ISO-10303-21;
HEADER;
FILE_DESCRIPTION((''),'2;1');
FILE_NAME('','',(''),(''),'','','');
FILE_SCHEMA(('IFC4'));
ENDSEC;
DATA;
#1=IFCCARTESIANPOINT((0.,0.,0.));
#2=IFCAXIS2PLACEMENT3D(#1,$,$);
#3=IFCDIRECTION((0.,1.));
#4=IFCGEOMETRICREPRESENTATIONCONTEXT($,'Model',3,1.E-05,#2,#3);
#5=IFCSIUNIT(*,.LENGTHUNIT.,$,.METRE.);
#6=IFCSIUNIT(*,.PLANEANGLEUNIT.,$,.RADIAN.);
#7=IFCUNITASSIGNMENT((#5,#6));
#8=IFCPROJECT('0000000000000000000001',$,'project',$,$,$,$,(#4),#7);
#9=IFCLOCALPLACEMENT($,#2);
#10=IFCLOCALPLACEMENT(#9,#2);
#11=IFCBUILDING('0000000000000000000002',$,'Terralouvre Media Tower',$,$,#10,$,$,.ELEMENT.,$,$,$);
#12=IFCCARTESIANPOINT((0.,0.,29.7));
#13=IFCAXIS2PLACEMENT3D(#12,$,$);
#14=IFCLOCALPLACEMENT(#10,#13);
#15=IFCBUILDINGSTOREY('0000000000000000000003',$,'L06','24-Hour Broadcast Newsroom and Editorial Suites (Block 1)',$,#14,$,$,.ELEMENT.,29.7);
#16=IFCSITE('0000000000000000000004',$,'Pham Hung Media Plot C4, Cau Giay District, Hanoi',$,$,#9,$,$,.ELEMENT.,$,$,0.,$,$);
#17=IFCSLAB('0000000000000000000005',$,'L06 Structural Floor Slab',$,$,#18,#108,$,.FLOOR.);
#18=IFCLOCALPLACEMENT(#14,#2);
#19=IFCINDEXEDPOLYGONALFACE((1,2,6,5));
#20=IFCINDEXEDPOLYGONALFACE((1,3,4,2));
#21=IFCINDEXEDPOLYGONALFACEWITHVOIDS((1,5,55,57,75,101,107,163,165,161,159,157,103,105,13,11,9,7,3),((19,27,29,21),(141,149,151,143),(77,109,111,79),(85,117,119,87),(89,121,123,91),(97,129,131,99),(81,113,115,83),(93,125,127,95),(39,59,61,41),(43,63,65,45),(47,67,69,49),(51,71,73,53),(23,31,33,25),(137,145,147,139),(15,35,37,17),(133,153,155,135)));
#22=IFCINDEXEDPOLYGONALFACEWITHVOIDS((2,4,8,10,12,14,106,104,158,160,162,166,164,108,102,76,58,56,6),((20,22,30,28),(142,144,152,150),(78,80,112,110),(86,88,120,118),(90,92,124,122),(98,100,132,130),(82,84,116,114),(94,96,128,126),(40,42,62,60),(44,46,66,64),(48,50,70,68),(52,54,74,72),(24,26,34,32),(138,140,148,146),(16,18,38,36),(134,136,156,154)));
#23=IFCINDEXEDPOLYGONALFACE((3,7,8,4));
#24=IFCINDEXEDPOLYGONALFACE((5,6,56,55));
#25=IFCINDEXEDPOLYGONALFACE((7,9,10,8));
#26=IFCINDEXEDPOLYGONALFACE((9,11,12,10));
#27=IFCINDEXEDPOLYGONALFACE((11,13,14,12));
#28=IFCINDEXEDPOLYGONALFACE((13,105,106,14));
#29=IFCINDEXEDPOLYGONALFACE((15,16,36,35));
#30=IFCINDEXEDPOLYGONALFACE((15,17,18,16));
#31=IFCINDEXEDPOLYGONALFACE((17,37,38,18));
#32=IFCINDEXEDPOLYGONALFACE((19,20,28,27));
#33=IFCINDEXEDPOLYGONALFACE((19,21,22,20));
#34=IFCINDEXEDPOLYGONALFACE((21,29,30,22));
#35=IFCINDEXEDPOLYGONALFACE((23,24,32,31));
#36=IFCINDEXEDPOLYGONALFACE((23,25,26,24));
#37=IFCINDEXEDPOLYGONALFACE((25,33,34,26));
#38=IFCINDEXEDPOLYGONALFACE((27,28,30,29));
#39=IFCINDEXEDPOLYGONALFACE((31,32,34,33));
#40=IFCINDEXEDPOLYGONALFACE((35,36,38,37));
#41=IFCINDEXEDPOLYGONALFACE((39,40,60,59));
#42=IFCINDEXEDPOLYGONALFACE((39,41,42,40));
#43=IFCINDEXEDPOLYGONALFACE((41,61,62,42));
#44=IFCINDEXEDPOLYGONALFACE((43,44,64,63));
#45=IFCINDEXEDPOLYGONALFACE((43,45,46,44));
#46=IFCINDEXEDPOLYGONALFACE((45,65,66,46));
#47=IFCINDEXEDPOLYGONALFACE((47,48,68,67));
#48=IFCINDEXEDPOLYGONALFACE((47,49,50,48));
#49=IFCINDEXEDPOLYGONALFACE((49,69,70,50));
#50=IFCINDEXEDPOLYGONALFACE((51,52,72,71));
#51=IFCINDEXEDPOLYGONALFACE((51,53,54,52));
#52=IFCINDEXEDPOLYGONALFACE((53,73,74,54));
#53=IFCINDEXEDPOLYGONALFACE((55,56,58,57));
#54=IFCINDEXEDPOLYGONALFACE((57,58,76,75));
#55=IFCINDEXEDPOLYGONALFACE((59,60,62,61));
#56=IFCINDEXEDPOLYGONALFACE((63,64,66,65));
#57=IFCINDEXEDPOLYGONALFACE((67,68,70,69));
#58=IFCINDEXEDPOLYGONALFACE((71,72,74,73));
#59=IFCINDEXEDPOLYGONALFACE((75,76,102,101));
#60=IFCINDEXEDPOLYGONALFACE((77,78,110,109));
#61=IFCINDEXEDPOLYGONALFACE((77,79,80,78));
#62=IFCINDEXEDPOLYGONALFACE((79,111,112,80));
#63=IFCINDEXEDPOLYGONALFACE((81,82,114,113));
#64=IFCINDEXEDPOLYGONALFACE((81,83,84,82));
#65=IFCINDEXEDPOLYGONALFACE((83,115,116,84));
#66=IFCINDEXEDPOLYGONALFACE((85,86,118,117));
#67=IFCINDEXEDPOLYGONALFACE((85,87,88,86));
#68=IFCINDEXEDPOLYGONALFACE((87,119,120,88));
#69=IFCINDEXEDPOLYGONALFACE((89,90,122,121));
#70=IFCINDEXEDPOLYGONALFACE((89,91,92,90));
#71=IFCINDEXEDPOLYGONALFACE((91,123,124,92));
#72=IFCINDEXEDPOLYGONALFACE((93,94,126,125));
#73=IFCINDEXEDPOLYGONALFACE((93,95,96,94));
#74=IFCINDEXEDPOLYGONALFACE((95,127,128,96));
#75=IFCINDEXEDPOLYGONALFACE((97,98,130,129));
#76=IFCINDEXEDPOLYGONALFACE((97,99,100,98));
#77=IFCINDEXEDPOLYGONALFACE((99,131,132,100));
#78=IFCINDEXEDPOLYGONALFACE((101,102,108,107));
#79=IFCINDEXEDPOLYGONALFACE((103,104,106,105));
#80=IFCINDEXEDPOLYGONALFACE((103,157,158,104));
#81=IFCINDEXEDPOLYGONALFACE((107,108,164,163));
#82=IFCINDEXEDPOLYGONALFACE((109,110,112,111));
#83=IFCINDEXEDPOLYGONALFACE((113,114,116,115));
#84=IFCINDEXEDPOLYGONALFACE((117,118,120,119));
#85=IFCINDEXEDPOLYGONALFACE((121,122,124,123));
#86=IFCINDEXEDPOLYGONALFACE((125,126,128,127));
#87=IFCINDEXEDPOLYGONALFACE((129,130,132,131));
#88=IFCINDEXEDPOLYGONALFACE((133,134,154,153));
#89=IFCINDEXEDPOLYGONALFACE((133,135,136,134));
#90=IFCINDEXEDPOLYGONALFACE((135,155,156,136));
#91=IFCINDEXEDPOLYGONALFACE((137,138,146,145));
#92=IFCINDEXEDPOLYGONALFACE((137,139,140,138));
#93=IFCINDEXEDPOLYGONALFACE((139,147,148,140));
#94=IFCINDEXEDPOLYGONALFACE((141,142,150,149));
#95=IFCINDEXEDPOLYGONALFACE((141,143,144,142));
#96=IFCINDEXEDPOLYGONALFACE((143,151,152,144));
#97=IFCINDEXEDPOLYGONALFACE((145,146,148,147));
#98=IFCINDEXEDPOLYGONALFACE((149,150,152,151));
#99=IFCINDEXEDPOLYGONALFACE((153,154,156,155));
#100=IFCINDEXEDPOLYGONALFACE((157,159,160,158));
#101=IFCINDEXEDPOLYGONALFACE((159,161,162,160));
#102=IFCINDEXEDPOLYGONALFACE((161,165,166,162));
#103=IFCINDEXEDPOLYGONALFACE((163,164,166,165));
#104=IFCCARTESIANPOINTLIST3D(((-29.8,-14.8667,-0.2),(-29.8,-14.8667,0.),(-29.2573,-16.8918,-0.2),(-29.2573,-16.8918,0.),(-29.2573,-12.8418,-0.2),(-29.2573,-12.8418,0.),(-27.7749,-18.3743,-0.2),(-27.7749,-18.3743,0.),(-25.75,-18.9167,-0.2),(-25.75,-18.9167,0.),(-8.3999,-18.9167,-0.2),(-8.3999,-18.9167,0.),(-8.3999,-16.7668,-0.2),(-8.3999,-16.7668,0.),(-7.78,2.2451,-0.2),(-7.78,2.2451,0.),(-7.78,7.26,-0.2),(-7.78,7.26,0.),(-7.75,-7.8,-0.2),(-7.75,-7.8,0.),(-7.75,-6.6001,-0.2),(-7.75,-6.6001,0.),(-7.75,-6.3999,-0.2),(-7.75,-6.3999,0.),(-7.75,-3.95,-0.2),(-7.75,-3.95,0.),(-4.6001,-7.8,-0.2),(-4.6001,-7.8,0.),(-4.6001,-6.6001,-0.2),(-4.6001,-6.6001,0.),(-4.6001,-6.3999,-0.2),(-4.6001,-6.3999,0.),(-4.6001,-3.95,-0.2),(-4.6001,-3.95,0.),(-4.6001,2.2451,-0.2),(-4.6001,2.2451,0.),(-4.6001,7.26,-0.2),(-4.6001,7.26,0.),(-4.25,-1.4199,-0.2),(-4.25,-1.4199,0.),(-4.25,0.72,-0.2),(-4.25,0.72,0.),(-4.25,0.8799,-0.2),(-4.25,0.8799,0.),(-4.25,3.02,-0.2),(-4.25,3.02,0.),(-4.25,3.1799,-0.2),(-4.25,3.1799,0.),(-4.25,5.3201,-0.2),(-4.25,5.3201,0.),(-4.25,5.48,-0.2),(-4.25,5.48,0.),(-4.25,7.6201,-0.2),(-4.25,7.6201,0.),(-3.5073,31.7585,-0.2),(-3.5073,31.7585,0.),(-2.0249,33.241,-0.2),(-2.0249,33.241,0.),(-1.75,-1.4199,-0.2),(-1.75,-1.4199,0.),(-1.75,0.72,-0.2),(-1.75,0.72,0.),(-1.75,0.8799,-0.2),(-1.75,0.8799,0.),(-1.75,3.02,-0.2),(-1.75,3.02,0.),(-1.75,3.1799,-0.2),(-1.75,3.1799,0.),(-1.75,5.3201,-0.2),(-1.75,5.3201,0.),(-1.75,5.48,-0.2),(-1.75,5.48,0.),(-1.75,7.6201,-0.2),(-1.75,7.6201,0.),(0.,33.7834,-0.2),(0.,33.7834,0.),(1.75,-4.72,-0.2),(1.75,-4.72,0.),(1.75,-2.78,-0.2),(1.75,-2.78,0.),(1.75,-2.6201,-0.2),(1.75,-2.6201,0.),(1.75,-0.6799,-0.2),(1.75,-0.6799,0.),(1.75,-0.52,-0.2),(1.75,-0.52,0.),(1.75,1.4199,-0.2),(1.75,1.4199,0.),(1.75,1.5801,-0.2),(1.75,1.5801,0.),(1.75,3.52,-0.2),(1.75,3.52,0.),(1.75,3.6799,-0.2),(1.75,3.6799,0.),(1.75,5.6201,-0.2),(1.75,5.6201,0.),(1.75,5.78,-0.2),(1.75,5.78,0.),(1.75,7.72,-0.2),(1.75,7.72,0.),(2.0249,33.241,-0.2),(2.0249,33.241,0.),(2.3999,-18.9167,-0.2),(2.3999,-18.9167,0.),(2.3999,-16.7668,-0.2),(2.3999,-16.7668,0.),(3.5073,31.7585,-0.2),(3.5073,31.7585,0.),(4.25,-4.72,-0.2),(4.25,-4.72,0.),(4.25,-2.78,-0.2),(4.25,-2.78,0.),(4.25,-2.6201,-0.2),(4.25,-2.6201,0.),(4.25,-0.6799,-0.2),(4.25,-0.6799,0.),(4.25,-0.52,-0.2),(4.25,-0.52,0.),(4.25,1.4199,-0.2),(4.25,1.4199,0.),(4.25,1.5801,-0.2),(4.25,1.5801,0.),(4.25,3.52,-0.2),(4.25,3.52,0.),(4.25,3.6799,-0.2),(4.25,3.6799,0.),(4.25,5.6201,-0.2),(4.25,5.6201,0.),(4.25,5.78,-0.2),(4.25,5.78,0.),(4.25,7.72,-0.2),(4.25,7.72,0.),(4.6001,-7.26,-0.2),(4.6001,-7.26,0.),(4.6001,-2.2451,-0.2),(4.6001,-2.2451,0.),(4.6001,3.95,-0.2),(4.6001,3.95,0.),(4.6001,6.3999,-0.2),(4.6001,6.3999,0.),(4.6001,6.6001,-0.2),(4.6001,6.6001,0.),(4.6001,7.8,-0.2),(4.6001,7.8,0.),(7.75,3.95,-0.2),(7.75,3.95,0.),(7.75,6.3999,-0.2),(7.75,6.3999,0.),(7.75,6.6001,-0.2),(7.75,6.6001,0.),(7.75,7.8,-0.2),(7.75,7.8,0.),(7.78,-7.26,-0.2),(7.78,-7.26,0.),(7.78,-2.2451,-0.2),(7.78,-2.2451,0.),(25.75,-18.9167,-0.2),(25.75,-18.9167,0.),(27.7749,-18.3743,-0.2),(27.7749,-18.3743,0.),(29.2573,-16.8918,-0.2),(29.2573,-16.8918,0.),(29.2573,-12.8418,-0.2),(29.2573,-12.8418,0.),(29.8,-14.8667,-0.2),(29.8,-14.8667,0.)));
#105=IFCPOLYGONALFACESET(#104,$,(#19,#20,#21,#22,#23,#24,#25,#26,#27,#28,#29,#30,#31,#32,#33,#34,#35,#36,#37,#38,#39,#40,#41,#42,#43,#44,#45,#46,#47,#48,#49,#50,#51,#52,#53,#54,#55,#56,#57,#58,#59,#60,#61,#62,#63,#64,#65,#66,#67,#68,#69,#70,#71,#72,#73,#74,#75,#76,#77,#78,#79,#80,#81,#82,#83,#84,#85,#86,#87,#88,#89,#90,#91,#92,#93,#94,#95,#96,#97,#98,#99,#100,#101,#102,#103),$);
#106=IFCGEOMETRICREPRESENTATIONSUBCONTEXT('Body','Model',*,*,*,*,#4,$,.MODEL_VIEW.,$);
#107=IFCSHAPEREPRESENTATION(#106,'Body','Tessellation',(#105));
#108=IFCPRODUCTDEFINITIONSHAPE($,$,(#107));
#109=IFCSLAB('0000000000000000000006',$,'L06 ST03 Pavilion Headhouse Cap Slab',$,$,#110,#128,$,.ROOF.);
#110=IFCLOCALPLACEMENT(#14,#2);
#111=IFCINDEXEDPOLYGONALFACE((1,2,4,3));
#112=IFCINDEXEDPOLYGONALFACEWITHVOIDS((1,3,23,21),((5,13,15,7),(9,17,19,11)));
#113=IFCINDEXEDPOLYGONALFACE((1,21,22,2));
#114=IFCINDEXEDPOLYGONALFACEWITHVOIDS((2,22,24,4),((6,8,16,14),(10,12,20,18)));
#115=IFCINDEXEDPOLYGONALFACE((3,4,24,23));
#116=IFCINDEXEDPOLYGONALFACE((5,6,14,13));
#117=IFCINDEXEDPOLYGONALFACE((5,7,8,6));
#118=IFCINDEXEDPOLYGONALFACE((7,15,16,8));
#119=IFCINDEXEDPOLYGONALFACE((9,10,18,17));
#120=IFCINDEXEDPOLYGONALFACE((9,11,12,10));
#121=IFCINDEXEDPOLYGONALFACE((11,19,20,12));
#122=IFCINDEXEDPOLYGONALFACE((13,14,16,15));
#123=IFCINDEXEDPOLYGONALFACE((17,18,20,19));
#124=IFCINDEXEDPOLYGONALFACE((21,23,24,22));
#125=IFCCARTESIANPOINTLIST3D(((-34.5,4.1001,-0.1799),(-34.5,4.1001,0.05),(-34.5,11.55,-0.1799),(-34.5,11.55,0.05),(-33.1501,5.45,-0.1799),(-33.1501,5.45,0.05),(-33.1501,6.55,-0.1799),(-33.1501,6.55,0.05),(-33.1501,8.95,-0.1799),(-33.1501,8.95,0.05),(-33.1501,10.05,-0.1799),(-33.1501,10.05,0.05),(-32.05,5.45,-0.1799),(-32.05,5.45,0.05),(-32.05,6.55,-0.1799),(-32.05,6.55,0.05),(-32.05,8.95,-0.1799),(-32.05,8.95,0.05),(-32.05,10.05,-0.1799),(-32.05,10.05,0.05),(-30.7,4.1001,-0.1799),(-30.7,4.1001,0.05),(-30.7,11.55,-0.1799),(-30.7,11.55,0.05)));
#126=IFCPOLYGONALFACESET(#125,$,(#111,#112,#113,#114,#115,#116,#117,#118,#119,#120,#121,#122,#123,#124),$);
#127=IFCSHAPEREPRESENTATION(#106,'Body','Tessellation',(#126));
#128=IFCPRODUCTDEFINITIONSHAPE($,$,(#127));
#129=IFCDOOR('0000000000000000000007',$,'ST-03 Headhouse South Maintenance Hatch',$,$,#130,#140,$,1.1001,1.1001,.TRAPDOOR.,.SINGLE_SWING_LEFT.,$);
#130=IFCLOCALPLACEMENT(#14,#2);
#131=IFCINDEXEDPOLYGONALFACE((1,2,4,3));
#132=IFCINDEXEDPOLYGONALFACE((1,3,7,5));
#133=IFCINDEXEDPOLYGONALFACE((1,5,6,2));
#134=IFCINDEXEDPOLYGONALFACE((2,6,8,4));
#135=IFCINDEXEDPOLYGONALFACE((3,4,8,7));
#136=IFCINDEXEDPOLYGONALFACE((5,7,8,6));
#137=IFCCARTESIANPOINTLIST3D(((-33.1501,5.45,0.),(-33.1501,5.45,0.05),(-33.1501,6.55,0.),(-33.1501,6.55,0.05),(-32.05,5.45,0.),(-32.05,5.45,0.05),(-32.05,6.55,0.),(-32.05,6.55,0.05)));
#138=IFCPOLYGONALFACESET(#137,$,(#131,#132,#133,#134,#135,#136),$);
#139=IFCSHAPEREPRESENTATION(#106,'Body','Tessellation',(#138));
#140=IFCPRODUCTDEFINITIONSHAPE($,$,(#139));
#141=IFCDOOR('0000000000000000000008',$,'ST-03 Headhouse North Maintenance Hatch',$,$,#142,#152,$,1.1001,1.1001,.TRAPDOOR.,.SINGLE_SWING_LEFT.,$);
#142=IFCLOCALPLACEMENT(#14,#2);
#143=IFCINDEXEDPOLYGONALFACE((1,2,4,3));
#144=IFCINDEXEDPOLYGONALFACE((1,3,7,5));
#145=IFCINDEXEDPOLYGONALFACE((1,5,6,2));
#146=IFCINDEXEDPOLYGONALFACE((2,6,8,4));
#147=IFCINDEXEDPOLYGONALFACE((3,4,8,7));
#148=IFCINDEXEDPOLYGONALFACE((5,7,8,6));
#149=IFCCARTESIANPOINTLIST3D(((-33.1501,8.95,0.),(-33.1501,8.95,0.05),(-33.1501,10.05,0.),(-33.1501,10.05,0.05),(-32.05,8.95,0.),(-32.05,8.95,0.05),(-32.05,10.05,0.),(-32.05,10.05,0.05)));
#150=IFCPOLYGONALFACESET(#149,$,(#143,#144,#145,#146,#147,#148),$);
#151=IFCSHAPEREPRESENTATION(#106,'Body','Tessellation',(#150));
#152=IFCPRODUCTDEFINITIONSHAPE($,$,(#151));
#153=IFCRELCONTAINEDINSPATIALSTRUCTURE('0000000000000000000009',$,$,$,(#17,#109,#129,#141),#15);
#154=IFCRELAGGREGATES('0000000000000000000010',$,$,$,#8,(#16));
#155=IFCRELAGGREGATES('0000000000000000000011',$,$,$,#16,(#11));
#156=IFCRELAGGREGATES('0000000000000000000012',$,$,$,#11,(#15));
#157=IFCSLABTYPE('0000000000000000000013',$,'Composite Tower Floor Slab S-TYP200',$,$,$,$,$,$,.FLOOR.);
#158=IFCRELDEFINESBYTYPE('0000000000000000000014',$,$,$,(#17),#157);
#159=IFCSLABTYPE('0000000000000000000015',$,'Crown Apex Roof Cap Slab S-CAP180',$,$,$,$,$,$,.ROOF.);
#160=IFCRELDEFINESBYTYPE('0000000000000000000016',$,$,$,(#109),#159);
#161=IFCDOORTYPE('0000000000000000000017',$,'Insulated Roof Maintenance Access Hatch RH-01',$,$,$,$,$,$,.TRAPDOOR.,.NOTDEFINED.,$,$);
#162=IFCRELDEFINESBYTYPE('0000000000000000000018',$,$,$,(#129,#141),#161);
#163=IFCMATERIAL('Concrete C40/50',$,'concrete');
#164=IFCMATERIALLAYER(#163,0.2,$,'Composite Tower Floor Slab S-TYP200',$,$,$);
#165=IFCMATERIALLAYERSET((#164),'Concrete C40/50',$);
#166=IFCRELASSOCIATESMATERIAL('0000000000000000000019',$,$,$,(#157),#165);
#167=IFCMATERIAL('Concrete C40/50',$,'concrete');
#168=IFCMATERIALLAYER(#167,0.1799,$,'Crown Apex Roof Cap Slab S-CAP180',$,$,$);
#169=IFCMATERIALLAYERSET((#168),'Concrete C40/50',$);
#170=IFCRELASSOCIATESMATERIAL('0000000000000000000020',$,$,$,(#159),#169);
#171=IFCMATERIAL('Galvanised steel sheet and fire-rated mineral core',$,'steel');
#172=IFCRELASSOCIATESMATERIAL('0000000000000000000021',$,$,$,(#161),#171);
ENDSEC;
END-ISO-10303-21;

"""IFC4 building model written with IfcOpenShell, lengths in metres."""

from ifc_helpers import new_model, si_unit, direction, frame, origin, origin_2d, place, context, subcontext, project, spatial, polyline, rectangle, outline, extrude, material, layer, layer_set, type_object, element, fill, save


model = new_model("IFC4")

# Units and contexts
model_context = context("Model", 3, precision=1e-05, world=origin(), true_north=direction((0.0, 1.0)))
body_context = subcontext(model_context, "Body", "Model", "MODEL_VIEW")
ifc_project = project(units=[si_unit("LENGTHUNIT", "METRE"), si_unit("PLANEANGLEUNIT", "RADIAN")], contexts=[model_context])

# Site, building, storey
site_placement = place(None, origin())
site = spatial("IfcSite", under=ifc_project, at=site_placement, Name="Pham Hung Media Plot C4, Cau Giay District, Hanoi", CompositionType="ELEMENT", RefElevation=0.0)
building_placement = place(site_placement, origin())
building = spatial("IfcBuilding", under=site, at=building_placement, Name="Terralouvre Media Tower", CompositionType="ELEMENT")
storey_placement = place(building_placement, frame((0.0, 0.0, 29.7)))
storey = spatial("IfcBuildingStorey", under=building, at=storey_placement, Name="L06", Description="24-Hour Broadcast Newsroom and Editorial Suites (Block 1)", CompositionType="ELEMENT", Elevation=29.7)

# Slab
ifc_material_1 = material(Name="Concrete C40/50", Category="concrete")
ifc_layer_1 = layer(ifc_material_1, 0.2, Name="Composite Tower Floor Slab S-TYP200")
ifc_layer_set_1 = layer_set([ifc_layer_1], Name="Concrete C40/50")
slab_type_1 = type_object("IfcSlabType", Name="Composite Tower Floor Slab S-TYP200", PredefinedType="FLOOR", material=ifc_layer_set_1)
slab_1_placement = place(storey_placement, frame((0.0, 0.0, -0.2)))
element("IfcSlab", 1, at=slab_1_placement, inside=storey, type_object=slab_type_1, Name="L06 Structural Floor Slab", PredefinedType="FLOOR", context=body_context, shape_type="SweptSolid", body=[
    extrude(outline(polyline([(-25.75, -18.9167), (-8.3999, -18.9167), (-8.3999, -16.7668), (2.3999, -16.7668), (2.3999, -18.9167), (25.75, -18.9167), (27.7749, -18.3743), (29.2573, -16.8918), (29.8, -14.8667), (29.2573, -12.8418), (3.5073, 31.7585), (2.0249, 33.241), (0.0, 33.7834), (-2.0249, 33.241), (-3.5073, 31.7585), (-29.2573, -12.8418), (-29.8, -14.8667), (-29.2573, -16.8918), (-27.7749, -18.3743), (-25.75, -18.9167)]), holes=[polyline([(-4.6001, -7.8), (-7.75, -7.8), (-7.75, -6.6001), (-4.6001, -6.6001), (-4.6001, -7.8)]), polyline([(-4.6001, -6.3999), (-7.75, -6.3999), (-7.75, -3.95), (-4.6001, -3.95), (-4.6001, -6.3999)]), polyline([(-1.75, -1.4199), (-4.25, -1.4199), (-4.25, 0.72), (-1.75, 0.72), (-1.75, -1.4199)]), polyline([(-1.75, 0.8799), (-4.25, 0.8799), (-4.25, 3.02), (-1.75, 3.02), (-1.75, 0.8799)]), polyline([(4.25, 1.5801), (1.75, 1.5801), (1.75, 3.52), (4.25, 3.52), (4.25, 1.5801)]), polyline([(-1.75, 3.1799), (-4.25, 3.1799), (-4.25, 5.3201), (-1.75, 5.3201), (-1.75, 3.1799)]), polyline([(-4.6001, 2.2451), (-7.78, 2.2451), (-7.78, 7.26), (-4.6001, 7.26), (-4.6001, 2.2451)]), polyline([(-1.75, 5.48), (-4.25, 5.48), (-4.25, 7.6201), (-1.75, 7.6201), (-1.75, 5.48)]), polyline([(4.6001, -2.2451), (7.78, -2.2451), (7.78, -7.26), (4.6001, -7.26), (4.6001, -2.2451)]), polyline([(4.25, -4.72), (1.75, -4.72), (1.75, -2.78), (4.25, -2.78), (4.25, -4.72)]), polyline([(4.25, -2.6201), (1.75, -2.6201), (1.75, -0.6799), (4.25, -0.6799), (4.25, -2.6201)]), polyline([(4.25, -0.52), (1.75, -0.52), (1.75, 1.4199), (4.25, 1.4199), (4.25, -0.52)]), polyline([(4.25, 3.6799), (1.75, 3.6799), (1.75, 5.6201), (4.25, 5.6201), (4.25, 3.6799)]), polyline([(7.75, 3.95), (4.6001, 3.95), (4.6001, 6.3999), (7.75, 6.3999), (7.75, 3.95)]), polyline([(4.25, 5.78), (1.75, 5.78), (1.75, 7.72), (4.25, 7.72), (4.25, 5.78)]), polyline([(7.75, 6.6001), (4.6001, 6.6001), (4.6001, 7.8), (7.75, 7.8), (7.75, 6.6001)])]), origin(), (0.0, 0.0, 1.0), 0.2),
])

# Slab, openings, doors
ifc_material_2 = material(Name="Concrete C40/50", Category="concrete")
ifc_layer_2 = layer(ifc_material_2, 0.1799, Name="Crown Apex Roof Cap Slab S-CAP180")
ifc_layer_set_2 = layer_set([ifc_layer_2], Name="Concrete C40/50")
slab_type_2 = type_object("IfcSlabType", Name="Crown Apex Roof Cap Slab S-CAP180", PredefinedType="ROOF", material=ifc_layer_set_2)
slab_2_placement = place(storey_placement, frame((0.0, 0.0, -0.1799)))
slab_2 = element("IfcSlab", 2, at=slab_2_placement, inside=storey, type_object=slab_type_2, Name="L06 ST03 Pavilion Headhouse Cap Slab", PredefinedType="ROOF", context=body_context, shape_type="SweptSolid", body=[
    extrude(outline(polyline([(-34.5, 4.1001), (-30.7, 4.1001), (-30.7, 11.55), (-34.5, 11.55), (-34.5, 4.1001)])), origin(), (0.0, 0.0, 1.0), 0.23),
])
opening_1_placement = place(slab_2_placement, frame((-32.6001, 6.0, 0.0)))
opening_1 = element("IfcOpeningElement", 3, at=opening_1_placement, cuts=slab_2, PredefinedType="OPENING", context=body_context, shape_type="SweptSolid", body=[
    extrude(rectangle(XDim=1.1001, YDim=1.1001, at=origin_2d()), origin(), (0.0, 0.0, 1.0), 0.23),
])
opening_2_placement = place(slab_2_placement, frame((-32.6001, 9.5, 0.0)))
opening_2 = element("IfcOpeningElement", 4, at=opening_2_placement, cuts=slab_2, PredefinedType="OPENING", context=body_context, shape_type="SweptSolid", body=[
    extrude(rectangle(XDim=1.1001, YDim=1.1001, at=origin_2d()), origin(), (0.0, 0.0, 1.0), 0.23),
])
ifc_material_3 = material(Name="Galvanised steel sheet and fire-rated mineral core", Category="steel")
door_type_1 = type_object("IfcDoorType", Name="Insulated Roof Maintenance Access Hatch RH-01", OperationType="NOTDEFINED", PredefinedType="TRAPDOOR", material=ifc_material_3)
door_1_placement = place(opening_1_placement, frame((0.0, 0.0, 0.1799)))
door_1 = element("IfcDoor", 5, at=door_1_placement, inside=storey, type_object=door_type_1, Name="ST-03 Headhouse South Maintenance Hatch", OperationType="SINGLE_SWING_LEFT", OverallHeight=1.1001, OverallWidth=1.1001, PredefinedType="TRAPDOOR", context=body_context, shape_type="SweptSolid", body=[
    extrude(rectangle(XDim=1.1001, YDim=1.1001, at=origin_2d()), origin(), (0.0, 0.0, 1.0), 0.05),
])
fill(opening_1, door_1)
door_2_placement = place(opening_2_placement, frame((0.0, 0.0, 0.1799)))
door_2 = element("IfcDoor", 6, at=door_2_placement, inside=storey, type_object=door_type_1, Name="ST-03 Headhouse North Maintenance Hatch", OperationType="SINGLE_SWING_LEFT", OverallHeight=1.1001, OverallWidth=1.1001, PredefinedType="TRAPDOOR", context=body_context, shape_type="SweptSolid", body=[
    extrude(rectangle(XDim=1.1001, YDim=1.1001, at=origin_2d()), origin(), (0.0, 0.0, 1.0), 0.05),
])
fill(opening_2, door_2)

save(model, "model.ifc")
